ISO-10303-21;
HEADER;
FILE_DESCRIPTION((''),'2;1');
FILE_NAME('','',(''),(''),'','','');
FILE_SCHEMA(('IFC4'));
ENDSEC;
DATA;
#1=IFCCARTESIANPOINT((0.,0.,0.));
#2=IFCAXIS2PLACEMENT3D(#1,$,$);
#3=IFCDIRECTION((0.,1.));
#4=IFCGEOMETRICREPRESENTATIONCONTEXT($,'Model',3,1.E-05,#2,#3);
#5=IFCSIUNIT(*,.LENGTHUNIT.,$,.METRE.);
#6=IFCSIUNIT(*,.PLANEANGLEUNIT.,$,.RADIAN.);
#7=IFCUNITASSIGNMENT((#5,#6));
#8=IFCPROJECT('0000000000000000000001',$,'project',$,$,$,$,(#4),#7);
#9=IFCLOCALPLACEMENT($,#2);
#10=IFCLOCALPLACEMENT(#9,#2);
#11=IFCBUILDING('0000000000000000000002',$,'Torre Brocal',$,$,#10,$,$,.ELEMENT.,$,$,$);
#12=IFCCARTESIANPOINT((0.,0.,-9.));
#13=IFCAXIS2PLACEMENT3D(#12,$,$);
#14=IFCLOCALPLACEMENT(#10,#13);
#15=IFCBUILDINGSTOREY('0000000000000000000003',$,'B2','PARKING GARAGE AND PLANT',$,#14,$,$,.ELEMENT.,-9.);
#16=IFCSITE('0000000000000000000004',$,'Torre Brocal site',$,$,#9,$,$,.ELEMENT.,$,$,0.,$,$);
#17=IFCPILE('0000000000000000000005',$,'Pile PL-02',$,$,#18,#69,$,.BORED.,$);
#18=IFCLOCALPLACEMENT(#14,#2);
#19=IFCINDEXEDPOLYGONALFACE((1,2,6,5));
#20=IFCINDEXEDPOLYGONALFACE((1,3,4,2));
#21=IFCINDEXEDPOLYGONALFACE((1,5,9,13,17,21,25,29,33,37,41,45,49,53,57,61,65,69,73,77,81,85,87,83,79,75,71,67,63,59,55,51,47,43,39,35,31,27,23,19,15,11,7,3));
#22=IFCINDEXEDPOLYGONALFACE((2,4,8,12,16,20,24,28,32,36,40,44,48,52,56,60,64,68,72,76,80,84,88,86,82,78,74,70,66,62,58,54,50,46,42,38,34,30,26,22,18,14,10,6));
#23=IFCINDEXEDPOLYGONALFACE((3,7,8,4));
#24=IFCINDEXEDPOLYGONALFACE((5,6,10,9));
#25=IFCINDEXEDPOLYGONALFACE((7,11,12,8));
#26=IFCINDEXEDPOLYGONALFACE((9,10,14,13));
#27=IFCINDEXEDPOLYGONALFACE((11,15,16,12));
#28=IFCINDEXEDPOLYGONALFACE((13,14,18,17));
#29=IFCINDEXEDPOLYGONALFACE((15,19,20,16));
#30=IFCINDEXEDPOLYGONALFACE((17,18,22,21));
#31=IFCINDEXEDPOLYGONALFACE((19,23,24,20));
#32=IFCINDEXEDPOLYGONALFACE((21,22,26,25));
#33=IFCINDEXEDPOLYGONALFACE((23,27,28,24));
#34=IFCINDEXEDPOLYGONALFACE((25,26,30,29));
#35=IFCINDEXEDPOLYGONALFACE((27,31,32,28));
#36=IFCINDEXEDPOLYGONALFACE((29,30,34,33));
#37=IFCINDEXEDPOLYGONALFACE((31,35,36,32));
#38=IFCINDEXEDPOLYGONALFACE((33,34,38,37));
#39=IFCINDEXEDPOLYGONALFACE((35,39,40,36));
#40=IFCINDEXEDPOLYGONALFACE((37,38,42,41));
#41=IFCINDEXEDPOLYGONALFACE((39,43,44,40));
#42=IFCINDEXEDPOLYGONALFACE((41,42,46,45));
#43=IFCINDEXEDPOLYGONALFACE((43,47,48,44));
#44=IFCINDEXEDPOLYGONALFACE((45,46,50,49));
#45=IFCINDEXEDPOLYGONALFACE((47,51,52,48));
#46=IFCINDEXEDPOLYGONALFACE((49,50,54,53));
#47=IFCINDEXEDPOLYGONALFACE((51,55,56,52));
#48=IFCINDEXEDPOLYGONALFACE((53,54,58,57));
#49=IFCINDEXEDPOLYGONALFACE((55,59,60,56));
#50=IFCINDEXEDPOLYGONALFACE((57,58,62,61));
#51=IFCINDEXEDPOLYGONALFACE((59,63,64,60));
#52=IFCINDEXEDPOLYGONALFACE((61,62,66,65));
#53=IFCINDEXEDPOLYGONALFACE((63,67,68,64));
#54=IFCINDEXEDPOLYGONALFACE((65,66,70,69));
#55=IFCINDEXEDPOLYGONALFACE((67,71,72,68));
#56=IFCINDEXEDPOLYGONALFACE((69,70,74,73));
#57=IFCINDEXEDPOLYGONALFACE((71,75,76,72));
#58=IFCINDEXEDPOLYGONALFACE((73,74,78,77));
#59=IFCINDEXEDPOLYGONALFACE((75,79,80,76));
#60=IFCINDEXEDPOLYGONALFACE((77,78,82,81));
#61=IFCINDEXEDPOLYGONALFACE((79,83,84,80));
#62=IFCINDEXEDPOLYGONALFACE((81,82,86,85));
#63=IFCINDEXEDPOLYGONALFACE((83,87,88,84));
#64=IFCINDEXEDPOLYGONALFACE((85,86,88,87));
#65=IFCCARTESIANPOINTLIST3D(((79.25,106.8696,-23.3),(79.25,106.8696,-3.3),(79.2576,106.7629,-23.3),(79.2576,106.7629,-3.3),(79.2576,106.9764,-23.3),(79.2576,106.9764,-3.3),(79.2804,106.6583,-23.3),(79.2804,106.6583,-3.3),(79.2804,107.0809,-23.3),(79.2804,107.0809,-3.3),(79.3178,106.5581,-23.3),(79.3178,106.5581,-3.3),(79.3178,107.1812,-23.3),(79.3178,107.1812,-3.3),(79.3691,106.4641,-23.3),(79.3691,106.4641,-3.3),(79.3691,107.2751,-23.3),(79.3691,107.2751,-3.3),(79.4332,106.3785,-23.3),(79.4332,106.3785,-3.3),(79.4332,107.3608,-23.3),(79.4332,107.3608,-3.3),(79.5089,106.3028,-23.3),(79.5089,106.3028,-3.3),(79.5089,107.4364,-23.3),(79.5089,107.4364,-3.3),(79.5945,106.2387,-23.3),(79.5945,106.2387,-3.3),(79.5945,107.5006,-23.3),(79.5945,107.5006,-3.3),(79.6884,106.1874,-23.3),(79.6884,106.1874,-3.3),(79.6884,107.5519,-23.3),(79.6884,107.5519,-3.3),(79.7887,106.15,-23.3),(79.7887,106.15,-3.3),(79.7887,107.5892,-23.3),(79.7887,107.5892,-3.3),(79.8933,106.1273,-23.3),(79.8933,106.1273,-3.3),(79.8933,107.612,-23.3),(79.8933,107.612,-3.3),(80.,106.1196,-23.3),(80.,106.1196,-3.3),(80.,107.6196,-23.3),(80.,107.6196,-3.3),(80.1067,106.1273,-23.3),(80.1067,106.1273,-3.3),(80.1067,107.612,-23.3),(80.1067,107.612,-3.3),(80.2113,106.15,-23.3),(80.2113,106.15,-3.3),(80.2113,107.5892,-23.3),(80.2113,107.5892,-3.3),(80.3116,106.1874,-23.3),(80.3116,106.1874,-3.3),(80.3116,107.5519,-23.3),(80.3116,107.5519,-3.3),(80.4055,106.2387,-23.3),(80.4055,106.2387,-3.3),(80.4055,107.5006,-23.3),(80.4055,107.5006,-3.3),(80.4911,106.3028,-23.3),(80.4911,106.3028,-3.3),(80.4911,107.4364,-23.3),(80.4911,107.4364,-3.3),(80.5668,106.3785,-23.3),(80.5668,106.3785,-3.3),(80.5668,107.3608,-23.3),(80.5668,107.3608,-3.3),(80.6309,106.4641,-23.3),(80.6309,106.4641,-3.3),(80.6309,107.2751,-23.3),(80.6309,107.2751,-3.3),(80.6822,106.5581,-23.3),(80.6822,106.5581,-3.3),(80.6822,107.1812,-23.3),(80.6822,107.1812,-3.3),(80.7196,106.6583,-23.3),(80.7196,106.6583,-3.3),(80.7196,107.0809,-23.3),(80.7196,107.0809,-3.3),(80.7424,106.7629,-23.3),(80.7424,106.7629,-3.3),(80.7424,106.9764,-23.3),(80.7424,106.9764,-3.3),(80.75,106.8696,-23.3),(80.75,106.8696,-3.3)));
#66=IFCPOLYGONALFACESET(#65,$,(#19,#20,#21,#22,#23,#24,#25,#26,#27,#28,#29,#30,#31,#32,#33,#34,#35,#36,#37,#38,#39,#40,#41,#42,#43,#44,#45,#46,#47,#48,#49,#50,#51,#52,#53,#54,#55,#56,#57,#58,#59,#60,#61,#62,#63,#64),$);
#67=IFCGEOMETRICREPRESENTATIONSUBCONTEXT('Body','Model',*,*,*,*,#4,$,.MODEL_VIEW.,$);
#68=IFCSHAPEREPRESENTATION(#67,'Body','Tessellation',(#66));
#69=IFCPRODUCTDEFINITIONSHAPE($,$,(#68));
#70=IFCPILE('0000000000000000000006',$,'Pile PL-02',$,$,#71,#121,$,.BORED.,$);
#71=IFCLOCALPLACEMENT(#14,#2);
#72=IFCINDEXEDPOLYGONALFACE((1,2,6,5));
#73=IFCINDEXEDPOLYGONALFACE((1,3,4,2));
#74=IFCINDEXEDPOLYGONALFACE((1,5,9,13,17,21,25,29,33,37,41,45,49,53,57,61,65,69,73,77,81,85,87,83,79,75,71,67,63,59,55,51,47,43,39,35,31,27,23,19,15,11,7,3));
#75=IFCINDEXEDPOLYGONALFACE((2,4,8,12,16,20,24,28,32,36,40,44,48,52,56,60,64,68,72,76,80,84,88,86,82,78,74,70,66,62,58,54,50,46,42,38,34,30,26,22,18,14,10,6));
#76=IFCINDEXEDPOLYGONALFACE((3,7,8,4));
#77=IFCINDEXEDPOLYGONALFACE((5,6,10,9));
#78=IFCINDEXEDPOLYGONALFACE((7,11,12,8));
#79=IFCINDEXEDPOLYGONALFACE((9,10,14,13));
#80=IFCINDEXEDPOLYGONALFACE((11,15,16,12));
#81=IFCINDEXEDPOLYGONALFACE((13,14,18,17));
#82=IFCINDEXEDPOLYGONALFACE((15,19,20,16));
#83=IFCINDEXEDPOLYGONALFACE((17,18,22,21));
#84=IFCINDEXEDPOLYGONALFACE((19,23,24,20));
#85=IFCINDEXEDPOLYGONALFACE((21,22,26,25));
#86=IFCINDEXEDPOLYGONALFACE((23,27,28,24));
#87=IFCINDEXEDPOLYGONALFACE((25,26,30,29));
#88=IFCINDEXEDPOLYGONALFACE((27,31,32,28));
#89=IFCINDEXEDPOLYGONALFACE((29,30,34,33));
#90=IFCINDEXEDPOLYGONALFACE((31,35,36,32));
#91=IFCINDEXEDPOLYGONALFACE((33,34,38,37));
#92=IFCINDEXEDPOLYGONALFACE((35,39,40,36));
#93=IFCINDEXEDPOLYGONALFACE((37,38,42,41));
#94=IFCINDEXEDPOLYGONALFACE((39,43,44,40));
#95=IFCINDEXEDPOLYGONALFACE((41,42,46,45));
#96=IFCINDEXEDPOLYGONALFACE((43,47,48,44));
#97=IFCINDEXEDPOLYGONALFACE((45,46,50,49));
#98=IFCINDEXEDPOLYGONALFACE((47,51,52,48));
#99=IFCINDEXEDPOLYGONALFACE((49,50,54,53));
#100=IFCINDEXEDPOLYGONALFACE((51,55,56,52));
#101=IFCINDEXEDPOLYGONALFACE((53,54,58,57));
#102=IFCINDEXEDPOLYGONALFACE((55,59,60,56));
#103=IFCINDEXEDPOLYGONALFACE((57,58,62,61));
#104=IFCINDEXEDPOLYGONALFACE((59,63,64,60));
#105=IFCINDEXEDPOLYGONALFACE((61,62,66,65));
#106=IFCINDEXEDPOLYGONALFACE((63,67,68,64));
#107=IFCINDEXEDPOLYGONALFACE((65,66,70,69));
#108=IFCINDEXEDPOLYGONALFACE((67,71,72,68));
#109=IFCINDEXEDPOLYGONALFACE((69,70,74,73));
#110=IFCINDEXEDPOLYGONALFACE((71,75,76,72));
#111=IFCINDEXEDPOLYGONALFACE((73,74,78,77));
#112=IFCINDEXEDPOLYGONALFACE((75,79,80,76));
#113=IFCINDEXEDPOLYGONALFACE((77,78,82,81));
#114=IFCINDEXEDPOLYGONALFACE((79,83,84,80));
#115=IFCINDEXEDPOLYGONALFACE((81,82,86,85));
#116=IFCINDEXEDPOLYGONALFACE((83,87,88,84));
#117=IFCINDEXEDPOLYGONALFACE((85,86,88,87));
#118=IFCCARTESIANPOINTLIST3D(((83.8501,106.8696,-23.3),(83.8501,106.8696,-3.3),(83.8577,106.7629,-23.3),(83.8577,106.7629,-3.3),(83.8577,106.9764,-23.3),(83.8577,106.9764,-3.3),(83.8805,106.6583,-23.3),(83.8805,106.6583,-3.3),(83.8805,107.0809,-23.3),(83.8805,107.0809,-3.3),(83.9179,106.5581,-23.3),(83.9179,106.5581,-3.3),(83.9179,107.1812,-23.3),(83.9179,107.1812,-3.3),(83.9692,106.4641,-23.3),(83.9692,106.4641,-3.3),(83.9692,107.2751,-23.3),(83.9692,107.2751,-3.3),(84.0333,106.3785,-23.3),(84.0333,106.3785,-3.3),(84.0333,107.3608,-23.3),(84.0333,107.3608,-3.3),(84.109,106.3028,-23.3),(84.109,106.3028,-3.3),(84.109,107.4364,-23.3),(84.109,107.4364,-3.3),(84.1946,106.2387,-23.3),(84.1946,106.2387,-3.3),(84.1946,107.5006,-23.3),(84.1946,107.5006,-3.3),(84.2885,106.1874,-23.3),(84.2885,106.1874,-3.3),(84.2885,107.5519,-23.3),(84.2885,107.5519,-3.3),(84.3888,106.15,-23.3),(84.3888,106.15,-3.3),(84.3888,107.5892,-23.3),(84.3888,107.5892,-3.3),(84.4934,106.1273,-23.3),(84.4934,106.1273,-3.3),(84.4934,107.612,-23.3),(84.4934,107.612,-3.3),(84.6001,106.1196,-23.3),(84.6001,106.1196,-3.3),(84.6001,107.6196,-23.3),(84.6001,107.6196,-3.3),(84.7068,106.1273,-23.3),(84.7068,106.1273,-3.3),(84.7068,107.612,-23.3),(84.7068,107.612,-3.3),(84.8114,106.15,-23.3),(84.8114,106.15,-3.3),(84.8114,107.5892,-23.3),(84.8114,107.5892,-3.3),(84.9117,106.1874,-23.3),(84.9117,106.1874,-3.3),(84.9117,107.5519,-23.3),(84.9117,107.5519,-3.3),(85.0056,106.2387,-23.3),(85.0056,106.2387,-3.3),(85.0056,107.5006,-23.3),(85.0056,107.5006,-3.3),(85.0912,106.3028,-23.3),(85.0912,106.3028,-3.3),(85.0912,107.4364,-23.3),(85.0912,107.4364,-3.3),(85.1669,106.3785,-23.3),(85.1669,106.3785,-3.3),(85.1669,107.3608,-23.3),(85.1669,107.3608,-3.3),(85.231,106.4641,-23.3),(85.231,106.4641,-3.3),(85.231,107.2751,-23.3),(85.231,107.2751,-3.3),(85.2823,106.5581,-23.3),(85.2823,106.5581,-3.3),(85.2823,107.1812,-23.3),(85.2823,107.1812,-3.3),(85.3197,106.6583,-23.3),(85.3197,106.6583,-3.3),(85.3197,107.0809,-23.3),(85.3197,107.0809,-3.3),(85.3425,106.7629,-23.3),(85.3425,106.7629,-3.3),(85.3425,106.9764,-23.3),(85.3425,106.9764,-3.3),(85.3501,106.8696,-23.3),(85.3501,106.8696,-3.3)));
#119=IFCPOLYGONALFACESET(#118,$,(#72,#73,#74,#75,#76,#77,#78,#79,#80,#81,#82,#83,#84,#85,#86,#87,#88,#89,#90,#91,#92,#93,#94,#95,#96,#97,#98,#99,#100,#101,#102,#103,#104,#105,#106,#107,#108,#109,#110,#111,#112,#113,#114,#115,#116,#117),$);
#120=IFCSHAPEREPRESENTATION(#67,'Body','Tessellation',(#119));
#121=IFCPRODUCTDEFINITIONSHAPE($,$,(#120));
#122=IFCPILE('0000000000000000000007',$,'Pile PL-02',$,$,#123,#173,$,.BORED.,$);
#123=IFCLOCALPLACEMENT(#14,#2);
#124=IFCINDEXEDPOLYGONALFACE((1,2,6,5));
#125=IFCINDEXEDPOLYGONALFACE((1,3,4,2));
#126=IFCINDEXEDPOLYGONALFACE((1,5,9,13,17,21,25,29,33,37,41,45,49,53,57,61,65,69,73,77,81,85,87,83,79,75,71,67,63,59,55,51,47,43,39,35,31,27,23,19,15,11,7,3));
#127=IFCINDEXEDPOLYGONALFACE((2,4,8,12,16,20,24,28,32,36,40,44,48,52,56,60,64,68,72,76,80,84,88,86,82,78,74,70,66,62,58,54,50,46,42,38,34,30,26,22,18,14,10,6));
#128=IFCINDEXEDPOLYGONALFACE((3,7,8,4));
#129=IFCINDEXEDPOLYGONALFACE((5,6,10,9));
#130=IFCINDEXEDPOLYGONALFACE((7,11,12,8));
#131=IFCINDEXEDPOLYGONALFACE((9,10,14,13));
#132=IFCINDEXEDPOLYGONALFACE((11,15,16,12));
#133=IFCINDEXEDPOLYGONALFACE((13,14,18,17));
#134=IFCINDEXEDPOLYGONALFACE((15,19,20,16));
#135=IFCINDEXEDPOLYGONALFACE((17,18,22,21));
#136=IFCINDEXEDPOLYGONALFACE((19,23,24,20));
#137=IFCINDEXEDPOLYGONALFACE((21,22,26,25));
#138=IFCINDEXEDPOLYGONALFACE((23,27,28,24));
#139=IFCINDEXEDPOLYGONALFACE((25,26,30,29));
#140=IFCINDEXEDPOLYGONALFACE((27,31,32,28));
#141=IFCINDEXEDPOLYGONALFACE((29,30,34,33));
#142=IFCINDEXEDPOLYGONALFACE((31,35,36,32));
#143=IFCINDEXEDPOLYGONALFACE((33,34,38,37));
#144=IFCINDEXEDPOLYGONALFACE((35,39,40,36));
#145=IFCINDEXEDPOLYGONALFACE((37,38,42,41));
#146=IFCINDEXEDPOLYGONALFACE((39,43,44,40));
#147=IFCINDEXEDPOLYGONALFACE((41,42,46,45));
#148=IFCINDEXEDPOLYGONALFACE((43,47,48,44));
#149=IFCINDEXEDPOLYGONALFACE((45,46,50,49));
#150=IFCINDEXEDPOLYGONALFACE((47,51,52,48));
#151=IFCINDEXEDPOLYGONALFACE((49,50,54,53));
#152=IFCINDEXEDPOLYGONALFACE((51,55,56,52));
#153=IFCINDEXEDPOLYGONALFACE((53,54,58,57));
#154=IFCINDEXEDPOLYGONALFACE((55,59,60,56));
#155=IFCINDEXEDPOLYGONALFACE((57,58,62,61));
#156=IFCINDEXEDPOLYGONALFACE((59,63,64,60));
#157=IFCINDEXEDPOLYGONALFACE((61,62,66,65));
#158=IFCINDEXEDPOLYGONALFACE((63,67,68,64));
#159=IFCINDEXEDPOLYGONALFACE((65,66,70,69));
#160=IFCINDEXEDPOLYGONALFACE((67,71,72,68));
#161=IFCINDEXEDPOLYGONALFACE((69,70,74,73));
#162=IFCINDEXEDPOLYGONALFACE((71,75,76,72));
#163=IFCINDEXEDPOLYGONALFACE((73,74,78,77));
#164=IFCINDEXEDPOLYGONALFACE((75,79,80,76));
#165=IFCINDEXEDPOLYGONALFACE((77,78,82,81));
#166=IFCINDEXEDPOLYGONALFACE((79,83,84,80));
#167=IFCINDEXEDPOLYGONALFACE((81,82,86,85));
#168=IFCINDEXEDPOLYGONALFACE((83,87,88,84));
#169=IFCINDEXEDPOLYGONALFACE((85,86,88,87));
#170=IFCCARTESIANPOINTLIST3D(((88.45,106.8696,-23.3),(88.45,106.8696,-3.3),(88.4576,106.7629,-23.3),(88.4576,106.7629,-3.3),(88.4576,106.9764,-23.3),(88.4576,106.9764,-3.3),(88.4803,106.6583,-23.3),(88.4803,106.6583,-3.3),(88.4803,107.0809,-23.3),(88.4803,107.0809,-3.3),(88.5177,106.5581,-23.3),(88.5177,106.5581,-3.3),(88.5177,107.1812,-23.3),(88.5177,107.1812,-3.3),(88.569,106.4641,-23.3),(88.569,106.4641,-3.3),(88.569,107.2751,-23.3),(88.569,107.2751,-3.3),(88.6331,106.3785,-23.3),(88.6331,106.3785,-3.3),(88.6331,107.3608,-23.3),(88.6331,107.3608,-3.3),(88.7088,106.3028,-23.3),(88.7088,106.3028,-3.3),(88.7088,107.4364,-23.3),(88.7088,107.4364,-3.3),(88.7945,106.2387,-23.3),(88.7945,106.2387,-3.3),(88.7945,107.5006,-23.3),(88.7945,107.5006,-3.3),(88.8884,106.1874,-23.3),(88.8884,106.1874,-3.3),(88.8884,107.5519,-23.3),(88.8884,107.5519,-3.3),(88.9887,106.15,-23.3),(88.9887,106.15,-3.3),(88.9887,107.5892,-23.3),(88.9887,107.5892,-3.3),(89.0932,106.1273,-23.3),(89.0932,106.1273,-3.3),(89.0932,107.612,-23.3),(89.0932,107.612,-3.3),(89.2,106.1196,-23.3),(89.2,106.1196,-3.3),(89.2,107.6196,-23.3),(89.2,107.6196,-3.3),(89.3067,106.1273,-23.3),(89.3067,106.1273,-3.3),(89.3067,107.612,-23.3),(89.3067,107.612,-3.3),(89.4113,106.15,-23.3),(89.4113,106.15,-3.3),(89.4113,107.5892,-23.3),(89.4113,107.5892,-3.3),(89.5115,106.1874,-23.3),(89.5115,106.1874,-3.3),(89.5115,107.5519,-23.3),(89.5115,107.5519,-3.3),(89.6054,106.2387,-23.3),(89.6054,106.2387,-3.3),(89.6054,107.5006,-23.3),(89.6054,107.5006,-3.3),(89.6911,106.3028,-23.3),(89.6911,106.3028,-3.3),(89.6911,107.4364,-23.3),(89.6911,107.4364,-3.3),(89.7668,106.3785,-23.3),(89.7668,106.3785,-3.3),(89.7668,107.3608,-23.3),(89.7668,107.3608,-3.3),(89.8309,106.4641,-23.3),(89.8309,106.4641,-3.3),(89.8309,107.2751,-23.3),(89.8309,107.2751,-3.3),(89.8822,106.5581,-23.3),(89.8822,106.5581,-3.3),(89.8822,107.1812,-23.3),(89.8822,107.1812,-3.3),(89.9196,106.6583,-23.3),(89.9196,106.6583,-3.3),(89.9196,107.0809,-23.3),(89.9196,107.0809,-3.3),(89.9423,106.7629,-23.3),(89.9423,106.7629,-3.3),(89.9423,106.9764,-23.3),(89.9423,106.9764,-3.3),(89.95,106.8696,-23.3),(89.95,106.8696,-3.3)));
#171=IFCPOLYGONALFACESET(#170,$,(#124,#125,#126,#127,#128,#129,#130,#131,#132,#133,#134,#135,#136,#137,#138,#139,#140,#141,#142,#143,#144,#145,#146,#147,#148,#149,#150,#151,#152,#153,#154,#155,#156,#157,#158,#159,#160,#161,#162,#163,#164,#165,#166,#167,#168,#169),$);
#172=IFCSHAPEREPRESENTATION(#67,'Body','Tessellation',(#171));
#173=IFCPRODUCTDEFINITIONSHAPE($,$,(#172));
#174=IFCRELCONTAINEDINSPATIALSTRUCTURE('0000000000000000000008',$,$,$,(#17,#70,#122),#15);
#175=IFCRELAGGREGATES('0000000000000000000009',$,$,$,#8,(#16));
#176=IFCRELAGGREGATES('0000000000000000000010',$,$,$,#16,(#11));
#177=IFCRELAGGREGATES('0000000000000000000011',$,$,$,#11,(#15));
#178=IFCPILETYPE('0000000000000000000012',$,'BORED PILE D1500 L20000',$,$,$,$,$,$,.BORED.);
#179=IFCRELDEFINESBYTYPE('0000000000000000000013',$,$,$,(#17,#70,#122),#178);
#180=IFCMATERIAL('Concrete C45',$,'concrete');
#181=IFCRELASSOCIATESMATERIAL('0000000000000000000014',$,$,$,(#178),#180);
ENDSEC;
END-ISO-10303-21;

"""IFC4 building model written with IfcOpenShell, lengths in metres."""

from ifc_helpers import new_model, si_unit, direction, frame, origin, origin_2d, place, context, subcontext, project, spatial, circle, extrude, material, material_profile, profile_set, type_object, element, save


model = new_model("IFC4")

# Units and contexts
model_context = context("Model", 3, precision=1e-05, world=origin(), true_north=direction((0.0, 1.0)))
body_context = subcontext(model_context, "Body", "Model", "MODEL_VIEW")
ifc_project = project(units=[si_unit("LENGTHUNIT", "METRE"), si_unit("PLANEANGLEUNIT", "RADIAN")], contexts=[model_context])

# Site, building, storey
site_placement = place(None, origin())
site = spatial("IfcSite", under=ifc_project, at=site_placement, Name="Torre Brocal site", CompositionType="ELEMENT", RefElevation=0.0)
building_placement = place(site_placement, origin())
building = spatial("IfcBuilding", under=site, at=building_placement, Name="Torre Brocal", CompositionType="ELEMENT")
storey_placement = place(building_placement, frame((0.0, 0.0, -9.0)))
storey = spatial("IfcBuildingStorey", under=building, at=storey_placement, Name="B2", Description="PARKING GARAGE AND PLANT", CompositionType="ELEMENT", Elevation=-9.0)

# Piles
ifc_material_1 = material(Name="Concrete C45", Category="concrete")
ifc_material_profile_1 = material_profile(ifc_material_1, circle(Radius=0.75, at=origin_2d()), Name="BORED PILE D1500")
ifc_profile_set_1 = profile_set([ifc_material_profile_1], Name="Concrete C45")
pile_type_1 = type_object("IfcPileType", Name="BORED PILE D1500 L20000", PredefinedType="BORED", material=ifc_profile_set_1)
for number, where, z_axis, x_axis, name in (
    (1, (80.0, 106.8696, -3.3), (0.0, 0.0, -1.0), (1.0, 0.0, 0.0), "Pile PL-02"),
    (2, (84.6001, 106.8696, -3.3), (0.0, 0.0, -1.0), (1.0, 0.0, 0.0), "Pile PL-02"),
    (3, (89.2, 106.8696, -3.3), (0.0, 0.0, -1.0), (1.0, 0.0, 0.0), "Pile PL-02"),
):
    element("IfcPile", number, at=place(storey_placement, frame(where, z_axis=z_axis, x_axis=x_axis)), inside=storey, type_object=pile_type_1, Name=name, PredefinedType="BORED", context=body_context, shape_type="SweptSolid", body=[
        extrude(circle(Radius=0.75, at=origin_2d()), origin(), (0.0, 0.0, 1.0), 20.0),
    ])

save(model, "model.ifc")
